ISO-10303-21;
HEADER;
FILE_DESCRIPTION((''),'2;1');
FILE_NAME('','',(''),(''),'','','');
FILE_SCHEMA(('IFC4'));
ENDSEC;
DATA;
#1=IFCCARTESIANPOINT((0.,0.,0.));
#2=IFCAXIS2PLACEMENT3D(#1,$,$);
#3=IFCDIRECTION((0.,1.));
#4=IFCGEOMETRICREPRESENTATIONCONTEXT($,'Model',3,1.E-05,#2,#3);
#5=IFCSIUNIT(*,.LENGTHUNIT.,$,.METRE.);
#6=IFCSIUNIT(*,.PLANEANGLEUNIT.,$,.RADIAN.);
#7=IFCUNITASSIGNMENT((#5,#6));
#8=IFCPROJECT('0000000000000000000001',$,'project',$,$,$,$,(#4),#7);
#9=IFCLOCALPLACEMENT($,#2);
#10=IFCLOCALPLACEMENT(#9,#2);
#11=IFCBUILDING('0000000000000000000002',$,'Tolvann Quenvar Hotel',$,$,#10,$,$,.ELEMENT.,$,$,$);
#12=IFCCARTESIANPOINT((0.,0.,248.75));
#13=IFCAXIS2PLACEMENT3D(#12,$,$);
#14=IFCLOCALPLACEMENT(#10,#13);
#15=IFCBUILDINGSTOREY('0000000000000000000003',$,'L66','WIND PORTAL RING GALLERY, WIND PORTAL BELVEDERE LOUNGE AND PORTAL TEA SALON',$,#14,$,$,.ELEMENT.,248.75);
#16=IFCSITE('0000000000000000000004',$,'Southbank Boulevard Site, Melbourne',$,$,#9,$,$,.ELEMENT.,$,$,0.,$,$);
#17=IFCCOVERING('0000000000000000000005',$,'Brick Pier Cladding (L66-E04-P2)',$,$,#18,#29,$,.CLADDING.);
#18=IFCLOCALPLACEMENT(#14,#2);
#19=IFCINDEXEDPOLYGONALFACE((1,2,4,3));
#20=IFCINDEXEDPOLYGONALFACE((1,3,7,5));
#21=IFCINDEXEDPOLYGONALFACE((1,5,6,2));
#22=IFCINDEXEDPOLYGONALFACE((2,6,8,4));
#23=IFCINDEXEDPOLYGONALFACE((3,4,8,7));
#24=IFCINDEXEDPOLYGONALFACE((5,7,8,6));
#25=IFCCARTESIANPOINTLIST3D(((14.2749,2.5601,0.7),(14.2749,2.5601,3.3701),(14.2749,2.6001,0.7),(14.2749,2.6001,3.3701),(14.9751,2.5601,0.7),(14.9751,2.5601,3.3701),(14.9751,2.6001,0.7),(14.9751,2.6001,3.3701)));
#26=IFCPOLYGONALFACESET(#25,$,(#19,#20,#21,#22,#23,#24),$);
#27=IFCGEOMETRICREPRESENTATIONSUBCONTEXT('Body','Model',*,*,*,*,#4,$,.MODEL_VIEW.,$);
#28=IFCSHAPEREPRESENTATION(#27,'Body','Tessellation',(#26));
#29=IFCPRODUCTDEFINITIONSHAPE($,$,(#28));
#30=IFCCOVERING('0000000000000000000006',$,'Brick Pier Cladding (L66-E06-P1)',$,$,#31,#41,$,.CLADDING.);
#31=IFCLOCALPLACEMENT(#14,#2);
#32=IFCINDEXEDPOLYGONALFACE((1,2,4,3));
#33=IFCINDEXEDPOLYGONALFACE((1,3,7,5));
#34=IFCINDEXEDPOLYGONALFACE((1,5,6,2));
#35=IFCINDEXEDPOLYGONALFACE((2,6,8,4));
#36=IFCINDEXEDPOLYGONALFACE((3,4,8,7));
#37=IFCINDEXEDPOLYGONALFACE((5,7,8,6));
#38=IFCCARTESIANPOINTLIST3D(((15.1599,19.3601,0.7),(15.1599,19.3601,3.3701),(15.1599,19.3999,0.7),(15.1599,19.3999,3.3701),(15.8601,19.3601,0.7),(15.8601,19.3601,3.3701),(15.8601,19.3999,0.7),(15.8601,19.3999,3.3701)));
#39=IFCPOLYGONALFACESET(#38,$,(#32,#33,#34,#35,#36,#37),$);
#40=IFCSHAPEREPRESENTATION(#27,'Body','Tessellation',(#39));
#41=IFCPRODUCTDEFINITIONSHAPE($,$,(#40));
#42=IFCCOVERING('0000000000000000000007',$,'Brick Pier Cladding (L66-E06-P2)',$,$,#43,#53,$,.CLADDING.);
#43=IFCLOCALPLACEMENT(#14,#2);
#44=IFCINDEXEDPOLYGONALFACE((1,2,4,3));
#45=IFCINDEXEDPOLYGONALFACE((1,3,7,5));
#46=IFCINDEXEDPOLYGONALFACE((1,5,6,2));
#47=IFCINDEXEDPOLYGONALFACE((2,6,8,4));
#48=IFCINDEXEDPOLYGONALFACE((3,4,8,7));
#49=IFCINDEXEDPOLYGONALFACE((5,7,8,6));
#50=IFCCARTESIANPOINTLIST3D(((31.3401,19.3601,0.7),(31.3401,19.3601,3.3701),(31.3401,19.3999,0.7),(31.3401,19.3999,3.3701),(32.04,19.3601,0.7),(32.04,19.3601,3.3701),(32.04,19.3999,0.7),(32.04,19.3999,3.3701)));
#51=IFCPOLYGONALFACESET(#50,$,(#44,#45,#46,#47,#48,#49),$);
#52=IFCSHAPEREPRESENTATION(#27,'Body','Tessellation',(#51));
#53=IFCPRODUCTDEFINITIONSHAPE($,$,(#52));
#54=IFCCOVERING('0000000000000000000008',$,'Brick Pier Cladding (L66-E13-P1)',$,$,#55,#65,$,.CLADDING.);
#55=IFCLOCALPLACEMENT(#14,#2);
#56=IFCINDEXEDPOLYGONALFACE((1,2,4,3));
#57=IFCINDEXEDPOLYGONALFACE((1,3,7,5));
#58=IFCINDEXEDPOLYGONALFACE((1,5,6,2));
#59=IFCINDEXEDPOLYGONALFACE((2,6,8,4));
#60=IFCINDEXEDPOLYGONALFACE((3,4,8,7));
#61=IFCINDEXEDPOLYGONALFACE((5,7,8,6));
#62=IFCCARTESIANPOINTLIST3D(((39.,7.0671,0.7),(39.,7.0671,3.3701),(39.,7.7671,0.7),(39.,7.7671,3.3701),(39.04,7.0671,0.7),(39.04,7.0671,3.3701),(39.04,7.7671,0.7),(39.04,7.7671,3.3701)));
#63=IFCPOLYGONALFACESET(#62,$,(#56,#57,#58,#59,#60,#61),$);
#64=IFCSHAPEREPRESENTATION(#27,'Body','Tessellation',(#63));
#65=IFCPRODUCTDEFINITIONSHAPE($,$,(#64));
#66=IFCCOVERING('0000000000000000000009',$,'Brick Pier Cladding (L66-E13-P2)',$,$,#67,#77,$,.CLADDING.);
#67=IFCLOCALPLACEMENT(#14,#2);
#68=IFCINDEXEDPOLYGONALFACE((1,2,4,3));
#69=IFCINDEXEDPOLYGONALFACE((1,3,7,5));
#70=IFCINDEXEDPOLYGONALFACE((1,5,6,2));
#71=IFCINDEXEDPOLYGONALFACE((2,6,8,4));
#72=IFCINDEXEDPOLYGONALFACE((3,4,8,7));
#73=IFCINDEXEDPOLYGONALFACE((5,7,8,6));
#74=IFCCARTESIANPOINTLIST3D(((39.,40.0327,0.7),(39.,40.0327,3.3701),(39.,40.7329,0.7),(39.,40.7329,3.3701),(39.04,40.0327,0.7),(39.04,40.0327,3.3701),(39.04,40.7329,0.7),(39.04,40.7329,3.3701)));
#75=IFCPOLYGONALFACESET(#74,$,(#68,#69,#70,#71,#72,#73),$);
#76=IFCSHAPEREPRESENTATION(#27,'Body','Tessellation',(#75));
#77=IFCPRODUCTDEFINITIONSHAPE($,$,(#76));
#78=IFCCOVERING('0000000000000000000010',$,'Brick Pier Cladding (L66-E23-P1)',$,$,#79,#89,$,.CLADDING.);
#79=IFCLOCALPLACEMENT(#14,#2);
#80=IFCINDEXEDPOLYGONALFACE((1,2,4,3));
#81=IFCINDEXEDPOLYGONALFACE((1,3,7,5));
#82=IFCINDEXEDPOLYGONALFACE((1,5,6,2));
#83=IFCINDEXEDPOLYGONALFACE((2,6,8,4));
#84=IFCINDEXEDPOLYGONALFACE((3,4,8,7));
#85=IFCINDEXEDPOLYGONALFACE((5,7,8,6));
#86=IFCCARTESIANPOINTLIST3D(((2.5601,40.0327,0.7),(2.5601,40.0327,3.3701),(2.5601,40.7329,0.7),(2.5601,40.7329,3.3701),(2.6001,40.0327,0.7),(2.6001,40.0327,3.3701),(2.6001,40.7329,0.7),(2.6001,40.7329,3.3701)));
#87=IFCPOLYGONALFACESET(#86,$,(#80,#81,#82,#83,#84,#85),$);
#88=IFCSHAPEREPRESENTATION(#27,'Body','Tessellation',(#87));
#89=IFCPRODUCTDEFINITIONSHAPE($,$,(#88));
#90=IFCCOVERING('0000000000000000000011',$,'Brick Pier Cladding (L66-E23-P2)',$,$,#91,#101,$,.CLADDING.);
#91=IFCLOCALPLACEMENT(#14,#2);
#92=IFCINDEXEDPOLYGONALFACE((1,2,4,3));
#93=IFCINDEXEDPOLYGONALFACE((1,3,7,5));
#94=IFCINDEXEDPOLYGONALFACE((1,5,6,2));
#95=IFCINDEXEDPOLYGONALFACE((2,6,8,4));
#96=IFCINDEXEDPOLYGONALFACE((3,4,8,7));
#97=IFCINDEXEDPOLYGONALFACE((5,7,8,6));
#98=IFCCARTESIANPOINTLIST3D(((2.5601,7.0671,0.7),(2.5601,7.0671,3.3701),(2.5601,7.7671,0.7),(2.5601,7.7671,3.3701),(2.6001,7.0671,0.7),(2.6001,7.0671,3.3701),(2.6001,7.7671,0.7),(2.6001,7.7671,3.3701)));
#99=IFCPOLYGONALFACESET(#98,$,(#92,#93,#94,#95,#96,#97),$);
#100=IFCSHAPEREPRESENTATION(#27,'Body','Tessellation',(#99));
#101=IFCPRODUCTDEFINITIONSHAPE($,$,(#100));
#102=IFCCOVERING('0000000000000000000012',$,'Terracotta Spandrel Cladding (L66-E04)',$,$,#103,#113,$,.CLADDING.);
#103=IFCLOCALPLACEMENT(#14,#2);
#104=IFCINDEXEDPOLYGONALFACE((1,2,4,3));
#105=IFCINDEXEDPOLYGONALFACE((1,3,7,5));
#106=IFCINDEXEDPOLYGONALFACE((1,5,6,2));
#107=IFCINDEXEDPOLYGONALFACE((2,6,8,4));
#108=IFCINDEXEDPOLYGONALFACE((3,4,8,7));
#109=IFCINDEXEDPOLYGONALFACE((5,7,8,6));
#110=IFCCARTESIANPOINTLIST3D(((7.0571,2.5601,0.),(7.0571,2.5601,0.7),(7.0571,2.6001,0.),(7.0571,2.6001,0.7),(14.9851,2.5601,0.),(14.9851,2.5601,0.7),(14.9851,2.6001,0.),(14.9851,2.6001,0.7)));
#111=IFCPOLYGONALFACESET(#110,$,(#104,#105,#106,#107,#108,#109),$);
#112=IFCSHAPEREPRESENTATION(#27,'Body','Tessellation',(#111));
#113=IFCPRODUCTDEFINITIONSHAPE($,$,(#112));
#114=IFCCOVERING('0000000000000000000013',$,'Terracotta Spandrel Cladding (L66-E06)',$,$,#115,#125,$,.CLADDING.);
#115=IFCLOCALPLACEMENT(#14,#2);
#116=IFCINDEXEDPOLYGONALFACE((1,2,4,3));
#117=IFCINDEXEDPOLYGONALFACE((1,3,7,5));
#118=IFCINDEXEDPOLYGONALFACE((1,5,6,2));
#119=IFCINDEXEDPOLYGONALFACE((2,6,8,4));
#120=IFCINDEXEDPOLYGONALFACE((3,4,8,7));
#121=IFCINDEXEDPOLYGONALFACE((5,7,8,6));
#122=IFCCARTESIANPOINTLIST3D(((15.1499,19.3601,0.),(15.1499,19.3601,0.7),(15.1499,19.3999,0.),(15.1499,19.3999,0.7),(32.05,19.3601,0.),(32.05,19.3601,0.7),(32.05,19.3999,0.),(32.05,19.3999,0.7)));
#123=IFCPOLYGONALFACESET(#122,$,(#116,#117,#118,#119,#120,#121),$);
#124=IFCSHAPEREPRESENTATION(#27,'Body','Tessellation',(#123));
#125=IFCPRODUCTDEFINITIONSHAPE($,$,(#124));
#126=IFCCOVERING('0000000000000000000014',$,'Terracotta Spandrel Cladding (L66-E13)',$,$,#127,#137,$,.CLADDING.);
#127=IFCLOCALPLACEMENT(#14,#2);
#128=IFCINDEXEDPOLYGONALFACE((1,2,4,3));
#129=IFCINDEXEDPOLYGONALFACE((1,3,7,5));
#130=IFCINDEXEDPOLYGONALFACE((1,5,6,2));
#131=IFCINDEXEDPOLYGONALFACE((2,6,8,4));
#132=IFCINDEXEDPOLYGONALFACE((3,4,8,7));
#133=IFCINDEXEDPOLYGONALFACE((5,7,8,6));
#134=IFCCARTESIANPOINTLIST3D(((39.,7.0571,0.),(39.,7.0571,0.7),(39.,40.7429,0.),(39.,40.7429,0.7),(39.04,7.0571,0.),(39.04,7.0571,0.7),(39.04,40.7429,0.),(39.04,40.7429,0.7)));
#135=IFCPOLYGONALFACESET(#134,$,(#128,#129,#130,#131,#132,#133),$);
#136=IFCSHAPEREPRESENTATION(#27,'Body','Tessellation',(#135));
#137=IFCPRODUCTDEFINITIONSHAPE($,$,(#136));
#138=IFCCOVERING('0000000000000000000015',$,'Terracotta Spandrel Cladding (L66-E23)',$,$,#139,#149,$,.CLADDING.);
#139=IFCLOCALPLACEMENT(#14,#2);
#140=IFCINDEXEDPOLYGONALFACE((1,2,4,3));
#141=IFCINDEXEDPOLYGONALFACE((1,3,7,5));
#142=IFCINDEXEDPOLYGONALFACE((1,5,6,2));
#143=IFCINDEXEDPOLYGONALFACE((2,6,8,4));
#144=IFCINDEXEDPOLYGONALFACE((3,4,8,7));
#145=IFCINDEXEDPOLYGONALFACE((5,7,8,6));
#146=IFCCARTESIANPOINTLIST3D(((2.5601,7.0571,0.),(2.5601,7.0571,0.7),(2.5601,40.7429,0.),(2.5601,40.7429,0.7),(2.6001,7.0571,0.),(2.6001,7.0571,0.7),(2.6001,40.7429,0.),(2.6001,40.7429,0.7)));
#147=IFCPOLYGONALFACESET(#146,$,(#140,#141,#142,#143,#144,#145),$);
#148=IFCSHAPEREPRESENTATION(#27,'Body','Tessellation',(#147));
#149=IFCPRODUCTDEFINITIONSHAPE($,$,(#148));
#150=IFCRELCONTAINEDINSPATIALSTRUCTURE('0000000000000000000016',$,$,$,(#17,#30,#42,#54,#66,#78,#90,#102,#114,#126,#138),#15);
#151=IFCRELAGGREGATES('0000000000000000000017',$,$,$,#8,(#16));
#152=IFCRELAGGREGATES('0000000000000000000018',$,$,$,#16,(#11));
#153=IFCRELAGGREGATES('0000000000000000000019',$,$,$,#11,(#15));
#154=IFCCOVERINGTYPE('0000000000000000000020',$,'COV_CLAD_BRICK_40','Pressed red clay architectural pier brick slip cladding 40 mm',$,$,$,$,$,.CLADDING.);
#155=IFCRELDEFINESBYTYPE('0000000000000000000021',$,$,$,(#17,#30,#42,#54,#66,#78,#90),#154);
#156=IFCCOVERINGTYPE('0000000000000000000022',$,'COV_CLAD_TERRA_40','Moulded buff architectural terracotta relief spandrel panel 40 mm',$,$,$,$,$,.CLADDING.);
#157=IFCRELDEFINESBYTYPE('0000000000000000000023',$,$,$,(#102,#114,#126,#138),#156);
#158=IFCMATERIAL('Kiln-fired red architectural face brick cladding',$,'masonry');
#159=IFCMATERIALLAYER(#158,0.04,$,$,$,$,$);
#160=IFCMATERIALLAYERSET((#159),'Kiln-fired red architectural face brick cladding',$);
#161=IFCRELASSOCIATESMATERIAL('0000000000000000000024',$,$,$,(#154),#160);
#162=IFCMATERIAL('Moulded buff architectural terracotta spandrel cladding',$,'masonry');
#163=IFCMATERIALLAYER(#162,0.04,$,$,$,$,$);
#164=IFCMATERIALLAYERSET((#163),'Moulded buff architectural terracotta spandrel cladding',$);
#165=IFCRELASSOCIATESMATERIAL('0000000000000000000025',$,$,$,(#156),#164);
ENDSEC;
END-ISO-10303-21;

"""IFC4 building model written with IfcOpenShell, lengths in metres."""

from ifc_helpers import new_model, si_unit, direction, frame, origin, place, context, subcontext, project, spatial, polyline, outline, extrude, material, layer, layer_set, type_object, element, save


model = new_model("IFC4")

# Units and contexts
model_context = context("Model", 3, precision=1e-05, world=origin(), true_north=direction((0.0, 1.0)))
body_context = subcontext(model_context, "Body", "Model", "MODEL_VIEW")
ifc_project = project(units=[si_unit("LENGTHUNIT", "METRE"), si_unit("PLANEANGLEUNIT", "RADIAN")], contexts=[model_context])

# Site, building, storey
site_placement = place(None, origin())
site = spatial("IfcSite", under=ifc_project, at=site_placement, Name="Southbank Boulevard Site, Melbourne", CompositionType="ELEMENT", RefElevation=0.0)
building_placement = place(site_placement, origin())
building = spatial("IfcBuilding", under=site, at=building_placement, Name="Tolvann Quenvar Hotel", CompositionType="ELEMENT")
storey_placement = place(building_placement, frame((0.0, 0.0, 248.75)))
storey = spatial("IfcBuildingStorey", under=building, at=storey_placement, Name="L66", Description="WIND PORTAL RING GALLERY, WIND PORTAL BELVEDERE LOUNGE AND PORTAL TEA SALON", CompositionType="ELEMENT", Elevation=248.75)

# Coverings
ifc_material_1 = material(Name="Kiln-fired red architectural face brick cladding", Category="masonry")
ifc_layer_1 = layer(ifc_material_1, 0.04)
ifc_layer_set_1 = layer_set([ifc_layer_1], Name="Kiln-fired red architectural face brick cladding")
covering_type_1 = type_object("IfcCoveringType", Name="COV_CLAD_BRICK_40", Description="Pressed red clay architectural pier brick slip cladding 40 mm", PredefinedType="CLADDING", material=ifc_layer_set_1)
covering_1_placement = place(storey_placement, frame((0.0, 0.0, 0.7)))
element("IfcCovering", 1, at=covering_1_placement, inside=storey, type_object=covering_type_1, Name="Brick Pier Cladding (L66-E04-P2)", PredefinedType="CLADDING", context=body_context, shape_type="SweptSolid", body=[
    extrude(outline(polyline([(14.2749, 2.6001), (14.9751, 2.6001), (14.9751, 2.5601), (14.2749, 2.5601), (14.2749, 2.6001)])), origin(), (0.0, 0.0, 1.0), 2.6702),
])
covering_2_placement = place(storey_placement, frame((0.0, 0.0, 0.7)))
element("IfcCovering", 2, at=covering_2_placement, inside=storey, type_object=covering_type_1, Name="Brick Pier Cladding (L66-E06-P1)", PredefinedType="CLADDING", context=body_context, shape_type="SweptSolid", body=[
    extrude(outline(polyline([(15.1599, 19.3999), (15.8601, 19.3999), (15.8601, 19.3601), (15.1599, 19.3601), (15.1599, 19.3999)])), origin(), (0.0, 0.0, 1.0), 2.6702),
])
covering_3_placement = place(storey_placement, frame((0.0, 0.0, 0.7)))
element("IfcCovering", 3, at=covering_3_placement, inside=storey, type_object=covering_type_1, Name="Brick Pier Cladding (L66-E06-P2)", PredefinedType="CLADDING", context=body_context, shape_type="SweptSolid", body=[
    extrude(outline(polyline([(31.3401, 19.3999), (32.04, 19.3999), (32.04, 19.3601), (31.3401, 19.3601), (31.3401, 19.3999)])), origin(), (0.0, 0.0, 1.0), 2.6702),
])
covering_4_placement = place(storey_placement, frame((0.0, 0.0, 0.7)))
element("IfcCovering", 4, at=covering_4_placement, inside=storey, type_object=covering_type_1, Name="Brick Pier Cladding (L66-E13-P1)", PredefinedType="CLADDING", context=body_context, shape_type="SweptSolid", body=[
    extrude(outline(polyline([(39.0, 7.0671), (39.0, 7.7671), (39.04, 7.7671), (39.04, 7.0671), (39.0, 7.0671)])), origin(), (0.0, 0.0, 1.0), 2.6702),
])
covering_5_placement = place(storey_placement, frame((0.0, 0.0, 0.7)))
element("IfcCovering", 5, at=covering_5_placement, inside=storey, type_object=covering_type_1, Name="Brick Pier Cladding (L66-E13-P2)", PredefinedType="CLADDING", context=body_context, shape_type="SweptSolid", body=[
    extrude(outline(polyline([(39.0, 40.0327), (39.0, 40.7329), (39.04, 40.7329), (39.04, 40.0327), (39.0, 40.0327)])), origin(), (0.0, 0.0, 1.0), 2.6702),
])
covering_6_placement = place(storey_placement, frame((0.0, 0.0, 0.7)))
element("IfcCovering", 6, at=covering_6_placement, inside=storey, type_object=covering_type_1, Name="Brick Pier Cladding (L66-E23-P1)", PredefinedType="CLADDING", context=body_context, shape_type="SweptSolid", body=[
    extrude(outline(polyline([(2.6001, 40.7329), (2.6001, 40.0327), (2.5601, 40.0327), (2.5601, 40.7329), (2.6001, 40.7329)])), origin(), (0.0, 0.0, 1.0), 2.6702),
])
covering_7_placement = place(storey_placement, frame((0.0, 0.0, 0.7)))
element("IfcCovering", 7, at=covering_7_placement, inside=storey, type_object=covering_type_1, Name="Brick Pier Cladding (L66-E23-P2)", PredefinedType="CLADDING", context=body_context, shape_type="SweptSolid", body=[
    extrude(outline(polyline([(2.6001, 7.7671), (2.6001, 7.0671), (2.5601, 7.0671), (2.5601, 7.7671), (2.6001, 7.7671)])), origin(), (0.0, 0.0, 1.0), 2.6702),
])
ifc_material_2 = material(Name="Moulded buff architectural terracotta spandrel cladding", Category="masonry")
ifc_layer_2 = layer(ifc_material_2, 0.04)
ifc_layer_set_2 = layer_set([ifc_layer_2], Name="Moulded buff architectural terracotta spandrel cladding")
covering_type_2 = type_object("IfcCoveringType", Name="COV_CLAD_TERRA_40", Description="Moulded buff architectural terracotta relief spandrel panel 40 mm", PredefinedType="CLADDING", material=ifc_layer_set_2)
covering_8_placement = place(storey_placement, origin())
element("IfcCovering", 8, at=covering_8_placement, inside=storey, type_object=covering_type_2, Name="Terracotta Spandrel Cladding (L66-E04)", PredefinedType="CLADDING", context=body_context, shape_type="SweptSolid", body=[
    extrude(outline(polyline([(7.0571, 2.6001), (14.9851, 2.6001), (14.9851, 2.5601), (7.0571, 2.5601), (7.0571, 2.6001)])), origin(), (0.0, 0.0, 1.0), 0.7),
])
covering_9_placement = place(storey_placement, origin())
element("IfcCovering", 9, at=covering_9_placement, inside=storey, type_object=covering_type_2, Name="Terracotta Spandrel Cladding (L66-E06)", PredefinedType="CLADDING", context=body_context, shape_type="SweptSolid", body=[
    extrude(outline(polyline([(15.1499, 19.3999), (32.05, 19.3999), (32.05, 19.3601), (15.1499, 19.3601), (15.1499, 19.3999)])), origin(), (0.0, 0.0, 1.0), 0.7),
])
covering_10_placement = place(storey_placement, origin())
element("IfcCovering", 10, at=covering_10_placement, inside=storey, type_object=covering_type_2, Name="Terracotta Spandrel Cladding (L66-E13)", PredefinedType="CLADDING", context=body_context, shape_type="SweptSolid", body=[
    extrude(outline(polyline([(39.0, 7.0571), (39.0, 40.7429), (39.04, 40.7429), (39.04, 7.0571), (39.0, 7.0571)])), origin(), (0.0, 0.0, 1.0), 0.7),
])
covering_11_placement = place(storey_placement, origin())
element("IfcCovering", 11, at=covering_11_placement, inside=storey, type_object=covering_type_2, Name="Terracotta Spandrel Cladding (L66-E23)", PredefinedType="CLADDING", context=body_context, shape_type="SweptSolid", body=[
    extrude(outline(polyline([(2.6001, 40.7429), (2.6001, 7.0571), (2.5601, 7.0571), (2.5601, 40.7429), (2.6001, 40.7429)])), origin(), (0.0, 0.0, 1.0), 0.7),
])

save(model, "model.ifc")
